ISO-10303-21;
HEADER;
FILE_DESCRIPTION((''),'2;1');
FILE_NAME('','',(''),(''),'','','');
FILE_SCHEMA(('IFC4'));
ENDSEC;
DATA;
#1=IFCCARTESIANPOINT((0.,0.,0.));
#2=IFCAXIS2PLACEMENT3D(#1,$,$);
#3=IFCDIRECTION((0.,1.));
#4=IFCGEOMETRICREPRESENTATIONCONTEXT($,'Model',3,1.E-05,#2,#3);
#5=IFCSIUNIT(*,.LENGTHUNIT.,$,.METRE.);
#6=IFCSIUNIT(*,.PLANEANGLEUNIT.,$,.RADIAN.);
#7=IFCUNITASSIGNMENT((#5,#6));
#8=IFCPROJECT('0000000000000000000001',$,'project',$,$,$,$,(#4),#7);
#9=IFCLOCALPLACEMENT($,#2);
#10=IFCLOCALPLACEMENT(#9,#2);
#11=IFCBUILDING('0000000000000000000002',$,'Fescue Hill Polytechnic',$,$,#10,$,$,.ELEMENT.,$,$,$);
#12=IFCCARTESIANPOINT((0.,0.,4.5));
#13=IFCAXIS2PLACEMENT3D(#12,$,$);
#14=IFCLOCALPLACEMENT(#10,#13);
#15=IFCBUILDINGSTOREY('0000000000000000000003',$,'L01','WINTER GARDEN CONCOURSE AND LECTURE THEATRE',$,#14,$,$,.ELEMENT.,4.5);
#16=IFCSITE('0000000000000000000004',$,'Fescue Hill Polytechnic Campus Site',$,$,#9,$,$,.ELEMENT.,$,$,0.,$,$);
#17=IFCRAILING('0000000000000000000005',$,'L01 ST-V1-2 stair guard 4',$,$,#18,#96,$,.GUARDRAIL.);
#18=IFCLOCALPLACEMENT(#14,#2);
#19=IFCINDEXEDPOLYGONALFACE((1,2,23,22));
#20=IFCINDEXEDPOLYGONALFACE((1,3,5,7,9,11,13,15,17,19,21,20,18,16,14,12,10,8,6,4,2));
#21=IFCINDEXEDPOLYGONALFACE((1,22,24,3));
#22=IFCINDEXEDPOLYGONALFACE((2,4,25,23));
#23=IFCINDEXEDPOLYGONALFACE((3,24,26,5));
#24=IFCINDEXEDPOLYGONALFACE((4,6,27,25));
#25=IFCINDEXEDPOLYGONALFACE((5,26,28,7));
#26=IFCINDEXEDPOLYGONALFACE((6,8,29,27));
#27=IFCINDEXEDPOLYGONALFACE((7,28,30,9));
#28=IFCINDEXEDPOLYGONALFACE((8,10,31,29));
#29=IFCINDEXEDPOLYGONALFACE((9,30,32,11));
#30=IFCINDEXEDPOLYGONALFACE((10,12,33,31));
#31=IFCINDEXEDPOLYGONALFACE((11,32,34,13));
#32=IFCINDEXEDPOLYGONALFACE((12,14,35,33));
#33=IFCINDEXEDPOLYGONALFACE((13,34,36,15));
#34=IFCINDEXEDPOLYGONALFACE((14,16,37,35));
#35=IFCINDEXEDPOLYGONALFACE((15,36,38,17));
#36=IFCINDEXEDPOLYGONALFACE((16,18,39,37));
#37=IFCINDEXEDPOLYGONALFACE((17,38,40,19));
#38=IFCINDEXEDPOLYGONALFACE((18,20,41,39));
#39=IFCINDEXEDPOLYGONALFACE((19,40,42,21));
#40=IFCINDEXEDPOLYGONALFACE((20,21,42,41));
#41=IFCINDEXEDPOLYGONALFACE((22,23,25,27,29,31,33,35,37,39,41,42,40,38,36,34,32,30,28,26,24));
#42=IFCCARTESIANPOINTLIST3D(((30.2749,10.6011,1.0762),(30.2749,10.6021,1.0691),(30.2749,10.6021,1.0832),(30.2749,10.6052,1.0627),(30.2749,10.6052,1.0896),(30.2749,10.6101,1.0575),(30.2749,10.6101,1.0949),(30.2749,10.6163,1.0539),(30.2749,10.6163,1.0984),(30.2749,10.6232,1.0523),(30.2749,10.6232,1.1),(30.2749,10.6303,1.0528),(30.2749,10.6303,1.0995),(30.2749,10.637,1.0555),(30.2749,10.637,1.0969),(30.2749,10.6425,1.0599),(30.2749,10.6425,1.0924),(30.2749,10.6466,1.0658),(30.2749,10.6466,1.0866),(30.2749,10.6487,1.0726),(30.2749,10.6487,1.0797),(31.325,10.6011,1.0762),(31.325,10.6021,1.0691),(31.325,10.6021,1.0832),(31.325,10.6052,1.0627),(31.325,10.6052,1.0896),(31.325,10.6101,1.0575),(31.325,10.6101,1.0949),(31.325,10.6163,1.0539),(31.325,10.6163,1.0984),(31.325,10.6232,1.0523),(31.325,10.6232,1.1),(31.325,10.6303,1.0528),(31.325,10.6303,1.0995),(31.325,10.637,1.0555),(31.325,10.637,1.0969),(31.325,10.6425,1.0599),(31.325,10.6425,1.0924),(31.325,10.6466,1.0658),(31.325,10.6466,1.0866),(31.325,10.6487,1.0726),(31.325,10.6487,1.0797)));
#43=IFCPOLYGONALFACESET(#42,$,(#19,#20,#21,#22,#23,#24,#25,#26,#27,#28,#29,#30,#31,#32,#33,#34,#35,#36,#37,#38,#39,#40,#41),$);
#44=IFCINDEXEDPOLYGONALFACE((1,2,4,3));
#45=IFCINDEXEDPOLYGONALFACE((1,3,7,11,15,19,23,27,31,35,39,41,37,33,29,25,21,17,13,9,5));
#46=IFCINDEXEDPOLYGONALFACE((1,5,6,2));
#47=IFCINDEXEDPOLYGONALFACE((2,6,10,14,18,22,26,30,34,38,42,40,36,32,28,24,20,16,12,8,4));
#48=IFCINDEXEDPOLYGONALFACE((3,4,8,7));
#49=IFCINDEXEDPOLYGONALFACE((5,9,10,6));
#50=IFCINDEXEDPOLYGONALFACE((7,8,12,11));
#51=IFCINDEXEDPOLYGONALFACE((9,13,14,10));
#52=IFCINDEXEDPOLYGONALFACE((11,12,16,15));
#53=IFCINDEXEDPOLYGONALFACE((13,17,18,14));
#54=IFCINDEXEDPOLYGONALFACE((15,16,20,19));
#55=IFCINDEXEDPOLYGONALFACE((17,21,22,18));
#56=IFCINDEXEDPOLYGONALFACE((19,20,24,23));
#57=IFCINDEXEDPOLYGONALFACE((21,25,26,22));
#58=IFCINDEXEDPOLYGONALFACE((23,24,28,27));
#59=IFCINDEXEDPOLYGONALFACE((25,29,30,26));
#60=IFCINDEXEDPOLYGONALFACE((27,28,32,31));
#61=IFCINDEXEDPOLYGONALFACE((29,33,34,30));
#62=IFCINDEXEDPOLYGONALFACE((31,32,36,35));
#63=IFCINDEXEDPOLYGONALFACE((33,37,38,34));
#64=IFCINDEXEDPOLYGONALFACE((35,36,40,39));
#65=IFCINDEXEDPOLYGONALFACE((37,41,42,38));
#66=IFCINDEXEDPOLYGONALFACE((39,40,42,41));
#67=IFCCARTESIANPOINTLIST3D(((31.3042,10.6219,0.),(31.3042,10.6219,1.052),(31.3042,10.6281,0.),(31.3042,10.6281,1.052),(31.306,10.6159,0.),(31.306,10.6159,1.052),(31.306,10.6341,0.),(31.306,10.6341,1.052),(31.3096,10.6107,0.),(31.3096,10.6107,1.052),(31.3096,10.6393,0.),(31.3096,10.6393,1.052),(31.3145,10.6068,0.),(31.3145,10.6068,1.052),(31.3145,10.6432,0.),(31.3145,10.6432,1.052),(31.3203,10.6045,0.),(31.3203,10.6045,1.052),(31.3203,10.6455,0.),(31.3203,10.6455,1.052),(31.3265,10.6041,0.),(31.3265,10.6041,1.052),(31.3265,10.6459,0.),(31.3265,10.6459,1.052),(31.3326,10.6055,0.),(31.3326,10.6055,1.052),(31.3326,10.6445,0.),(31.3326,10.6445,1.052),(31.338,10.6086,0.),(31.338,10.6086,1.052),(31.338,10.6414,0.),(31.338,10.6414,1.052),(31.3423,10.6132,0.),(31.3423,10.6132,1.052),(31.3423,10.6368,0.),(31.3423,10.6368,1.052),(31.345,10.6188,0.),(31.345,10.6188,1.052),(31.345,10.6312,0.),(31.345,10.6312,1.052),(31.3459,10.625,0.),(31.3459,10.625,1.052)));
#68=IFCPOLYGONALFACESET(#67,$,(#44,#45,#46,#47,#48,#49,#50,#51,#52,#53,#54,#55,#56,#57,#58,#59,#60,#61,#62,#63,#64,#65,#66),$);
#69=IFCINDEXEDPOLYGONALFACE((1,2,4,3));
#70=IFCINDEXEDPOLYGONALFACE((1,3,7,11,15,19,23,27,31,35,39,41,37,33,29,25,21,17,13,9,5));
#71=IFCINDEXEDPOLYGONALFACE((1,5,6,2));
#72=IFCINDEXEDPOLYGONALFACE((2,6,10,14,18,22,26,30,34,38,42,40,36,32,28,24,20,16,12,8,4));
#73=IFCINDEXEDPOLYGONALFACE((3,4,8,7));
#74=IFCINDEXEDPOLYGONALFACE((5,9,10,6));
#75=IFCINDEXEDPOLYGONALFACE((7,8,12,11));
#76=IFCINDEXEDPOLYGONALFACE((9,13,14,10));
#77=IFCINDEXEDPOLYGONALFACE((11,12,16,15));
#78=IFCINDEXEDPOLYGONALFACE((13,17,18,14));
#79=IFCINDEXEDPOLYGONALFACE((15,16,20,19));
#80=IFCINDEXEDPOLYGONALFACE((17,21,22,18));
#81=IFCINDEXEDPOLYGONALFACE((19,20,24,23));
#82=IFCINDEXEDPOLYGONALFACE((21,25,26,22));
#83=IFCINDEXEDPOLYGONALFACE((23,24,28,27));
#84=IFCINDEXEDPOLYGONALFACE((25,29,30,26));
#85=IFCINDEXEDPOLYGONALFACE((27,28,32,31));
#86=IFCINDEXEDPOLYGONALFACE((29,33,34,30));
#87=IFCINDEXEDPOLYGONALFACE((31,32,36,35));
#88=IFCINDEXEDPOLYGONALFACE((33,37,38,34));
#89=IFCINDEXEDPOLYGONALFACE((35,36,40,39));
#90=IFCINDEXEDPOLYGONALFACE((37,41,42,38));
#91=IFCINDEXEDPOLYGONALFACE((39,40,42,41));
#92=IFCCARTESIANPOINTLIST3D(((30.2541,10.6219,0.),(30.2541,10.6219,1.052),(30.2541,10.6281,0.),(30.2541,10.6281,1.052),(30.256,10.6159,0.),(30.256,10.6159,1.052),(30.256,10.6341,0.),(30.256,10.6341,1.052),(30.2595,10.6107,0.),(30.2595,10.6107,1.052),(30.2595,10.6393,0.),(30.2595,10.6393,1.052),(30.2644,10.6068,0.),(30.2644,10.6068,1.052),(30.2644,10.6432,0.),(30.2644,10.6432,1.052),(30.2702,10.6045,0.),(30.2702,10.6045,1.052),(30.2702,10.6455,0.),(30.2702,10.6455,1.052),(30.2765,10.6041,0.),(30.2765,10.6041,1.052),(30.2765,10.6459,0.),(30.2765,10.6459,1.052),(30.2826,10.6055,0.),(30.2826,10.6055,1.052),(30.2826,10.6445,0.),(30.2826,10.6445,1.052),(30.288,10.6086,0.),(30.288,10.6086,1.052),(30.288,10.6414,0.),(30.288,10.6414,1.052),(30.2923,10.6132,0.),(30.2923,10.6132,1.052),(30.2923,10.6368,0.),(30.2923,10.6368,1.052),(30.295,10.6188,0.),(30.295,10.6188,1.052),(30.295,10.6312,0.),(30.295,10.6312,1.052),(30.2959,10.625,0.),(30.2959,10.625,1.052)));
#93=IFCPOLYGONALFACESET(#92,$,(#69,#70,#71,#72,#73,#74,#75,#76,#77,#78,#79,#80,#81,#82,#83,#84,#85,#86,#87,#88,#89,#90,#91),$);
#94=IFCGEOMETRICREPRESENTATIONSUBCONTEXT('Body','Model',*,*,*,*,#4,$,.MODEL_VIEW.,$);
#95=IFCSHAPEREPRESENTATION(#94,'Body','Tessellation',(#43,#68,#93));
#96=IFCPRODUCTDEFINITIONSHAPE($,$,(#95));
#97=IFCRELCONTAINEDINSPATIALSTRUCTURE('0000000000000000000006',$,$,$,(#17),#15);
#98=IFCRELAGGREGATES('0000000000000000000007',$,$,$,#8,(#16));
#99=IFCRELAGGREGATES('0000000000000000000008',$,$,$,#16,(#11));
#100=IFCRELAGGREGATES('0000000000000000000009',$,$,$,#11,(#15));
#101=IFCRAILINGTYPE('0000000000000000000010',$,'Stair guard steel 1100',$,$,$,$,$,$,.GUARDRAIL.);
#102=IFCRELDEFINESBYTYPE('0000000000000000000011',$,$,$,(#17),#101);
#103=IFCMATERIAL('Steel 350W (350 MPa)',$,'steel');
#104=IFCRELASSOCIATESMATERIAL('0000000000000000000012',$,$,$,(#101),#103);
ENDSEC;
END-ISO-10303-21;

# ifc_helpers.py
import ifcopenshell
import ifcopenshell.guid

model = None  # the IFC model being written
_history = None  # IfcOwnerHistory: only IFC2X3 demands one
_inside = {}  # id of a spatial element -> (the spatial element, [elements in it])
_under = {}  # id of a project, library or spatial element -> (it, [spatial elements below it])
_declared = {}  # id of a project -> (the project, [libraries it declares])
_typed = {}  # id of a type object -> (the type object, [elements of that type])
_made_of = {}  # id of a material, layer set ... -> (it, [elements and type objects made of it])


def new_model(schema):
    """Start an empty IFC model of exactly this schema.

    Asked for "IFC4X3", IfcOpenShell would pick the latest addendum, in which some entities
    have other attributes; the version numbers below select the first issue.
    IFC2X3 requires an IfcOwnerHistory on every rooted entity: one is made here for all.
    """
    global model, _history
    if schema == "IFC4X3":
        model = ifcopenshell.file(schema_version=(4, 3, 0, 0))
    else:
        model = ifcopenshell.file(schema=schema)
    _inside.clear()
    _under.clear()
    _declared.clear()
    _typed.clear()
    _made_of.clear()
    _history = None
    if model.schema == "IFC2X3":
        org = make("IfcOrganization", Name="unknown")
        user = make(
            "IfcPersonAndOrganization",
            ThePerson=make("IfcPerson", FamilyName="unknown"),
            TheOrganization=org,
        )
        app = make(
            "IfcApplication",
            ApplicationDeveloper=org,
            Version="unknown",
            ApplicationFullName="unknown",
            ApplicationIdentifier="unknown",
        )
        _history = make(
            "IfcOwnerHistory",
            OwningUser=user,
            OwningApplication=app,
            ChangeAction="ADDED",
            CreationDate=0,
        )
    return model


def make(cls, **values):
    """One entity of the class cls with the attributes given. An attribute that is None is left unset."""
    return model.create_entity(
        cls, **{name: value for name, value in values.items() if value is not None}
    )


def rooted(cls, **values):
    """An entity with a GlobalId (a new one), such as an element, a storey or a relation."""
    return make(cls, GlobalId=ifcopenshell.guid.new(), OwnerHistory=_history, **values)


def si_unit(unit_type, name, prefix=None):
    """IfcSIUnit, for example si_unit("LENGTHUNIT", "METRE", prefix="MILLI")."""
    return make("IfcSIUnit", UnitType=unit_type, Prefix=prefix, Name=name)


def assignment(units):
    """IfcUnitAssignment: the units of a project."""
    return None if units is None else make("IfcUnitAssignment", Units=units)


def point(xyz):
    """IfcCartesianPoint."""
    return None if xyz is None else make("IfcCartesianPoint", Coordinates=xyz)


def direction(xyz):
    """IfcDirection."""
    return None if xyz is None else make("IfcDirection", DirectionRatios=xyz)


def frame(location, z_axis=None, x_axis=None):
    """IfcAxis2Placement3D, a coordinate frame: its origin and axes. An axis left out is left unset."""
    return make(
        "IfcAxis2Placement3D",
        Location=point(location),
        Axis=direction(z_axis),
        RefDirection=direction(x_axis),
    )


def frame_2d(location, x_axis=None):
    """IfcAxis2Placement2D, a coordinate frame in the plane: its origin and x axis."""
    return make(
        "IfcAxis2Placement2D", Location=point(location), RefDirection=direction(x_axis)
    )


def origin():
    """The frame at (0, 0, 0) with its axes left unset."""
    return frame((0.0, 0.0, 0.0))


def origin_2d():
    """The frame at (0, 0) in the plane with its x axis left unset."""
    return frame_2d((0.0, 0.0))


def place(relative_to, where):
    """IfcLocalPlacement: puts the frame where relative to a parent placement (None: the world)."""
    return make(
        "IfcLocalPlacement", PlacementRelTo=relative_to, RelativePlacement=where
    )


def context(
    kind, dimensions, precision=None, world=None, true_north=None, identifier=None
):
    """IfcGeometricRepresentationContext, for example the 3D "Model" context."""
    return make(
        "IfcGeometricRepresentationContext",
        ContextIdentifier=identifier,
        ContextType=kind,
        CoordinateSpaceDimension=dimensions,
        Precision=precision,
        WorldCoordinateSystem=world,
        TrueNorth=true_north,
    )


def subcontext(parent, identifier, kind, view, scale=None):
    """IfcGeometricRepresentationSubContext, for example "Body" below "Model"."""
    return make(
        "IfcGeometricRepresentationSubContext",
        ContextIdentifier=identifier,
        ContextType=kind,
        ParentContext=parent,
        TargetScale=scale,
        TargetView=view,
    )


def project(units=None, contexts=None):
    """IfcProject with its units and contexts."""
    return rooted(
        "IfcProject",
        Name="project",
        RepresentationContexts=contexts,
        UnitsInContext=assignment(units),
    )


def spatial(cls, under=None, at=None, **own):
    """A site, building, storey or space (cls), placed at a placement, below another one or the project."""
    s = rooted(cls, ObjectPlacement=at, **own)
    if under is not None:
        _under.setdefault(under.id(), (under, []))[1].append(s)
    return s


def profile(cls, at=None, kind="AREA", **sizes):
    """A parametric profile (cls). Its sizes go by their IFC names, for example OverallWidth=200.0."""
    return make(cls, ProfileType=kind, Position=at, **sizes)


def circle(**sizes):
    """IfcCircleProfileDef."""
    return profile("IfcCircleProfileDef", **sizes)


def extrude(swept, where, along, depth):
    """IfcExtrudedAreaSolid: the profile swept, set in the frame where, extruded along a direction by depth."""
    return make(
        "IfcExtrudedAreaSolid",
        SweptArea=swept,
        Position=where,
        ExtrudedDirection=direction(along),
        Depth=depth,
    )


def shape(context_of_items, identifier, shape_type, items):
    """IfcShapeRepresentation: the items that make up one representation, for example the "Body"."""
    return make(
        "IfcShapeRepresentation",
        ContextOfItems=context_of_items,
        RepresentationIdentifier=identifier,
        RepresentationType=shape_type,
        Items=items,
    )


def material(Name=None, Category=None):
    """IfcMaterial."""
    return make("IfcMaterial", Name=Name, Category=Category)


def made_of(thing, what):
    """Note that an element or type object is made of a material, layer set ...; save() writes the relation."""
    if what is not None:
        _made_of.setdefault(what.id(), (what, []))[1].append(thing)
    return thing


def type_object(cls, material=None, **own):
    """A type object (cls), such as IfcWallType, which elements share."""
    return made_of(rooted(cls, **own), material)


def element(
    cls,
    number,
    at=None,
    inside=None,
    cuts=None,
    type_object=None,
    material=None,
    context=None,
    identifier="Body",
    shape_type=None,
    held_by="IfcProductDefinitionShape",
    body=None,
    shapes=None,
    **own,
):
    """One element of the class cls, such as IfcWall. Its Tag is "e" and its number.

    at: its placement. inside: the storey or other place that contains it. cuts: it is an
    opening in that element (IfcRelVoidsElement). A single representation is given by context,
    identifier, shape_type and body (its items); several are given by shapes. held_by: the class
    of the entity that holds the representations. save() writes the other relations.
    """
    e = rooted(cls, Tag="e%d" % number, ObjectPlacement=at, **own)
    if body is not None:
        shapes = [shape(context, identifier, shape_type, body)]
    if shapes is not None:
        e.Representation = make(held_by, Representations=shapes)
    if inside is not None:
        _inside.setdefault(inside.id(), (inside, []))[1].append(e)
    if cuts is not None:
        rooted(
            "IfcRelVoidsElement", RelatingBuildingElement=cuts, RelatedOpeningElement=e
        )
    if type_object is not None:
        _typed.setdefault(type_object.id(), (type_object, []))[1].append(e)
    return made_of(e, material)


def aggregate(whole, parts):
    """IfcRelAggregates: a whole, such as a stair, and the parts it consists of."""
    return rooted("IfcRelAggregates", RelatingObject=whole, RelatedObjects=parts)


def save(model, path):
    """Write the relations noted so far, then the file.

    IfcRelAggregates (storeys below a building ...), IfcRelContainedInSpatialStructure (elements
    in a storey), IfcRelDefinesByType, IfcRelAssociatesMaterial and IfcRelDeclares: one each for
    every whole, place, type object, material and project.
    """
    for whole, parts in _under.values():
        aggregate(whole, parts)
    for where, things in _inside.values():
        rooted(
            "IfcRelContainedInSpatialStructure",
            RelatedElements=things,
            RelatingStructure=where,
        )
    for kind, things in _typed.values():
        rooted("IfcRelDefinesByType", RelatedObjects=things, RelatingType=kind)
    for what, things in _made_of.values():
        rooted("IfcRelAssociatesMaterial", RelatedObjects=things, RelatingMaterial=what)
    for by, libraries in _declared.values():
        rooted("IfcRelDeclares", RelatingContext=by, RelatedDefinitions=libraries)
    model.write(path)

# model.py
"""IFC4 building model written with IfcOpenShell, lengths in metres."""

from ifc_helpers import new_model, si_unit, direction, frame, origin, origin_2d, place, context, subcontext, project, spatial, circle, extrude, material, type_object, element, save


model = new_model("IFC4")

# Units and contexts
model_context = context("Model", 3, precision=1e-05, world=origin(), true_north=direction((0.0, 1.0)))
body_context = subcontext(model_context, "Body", "Model", "MODEL_VIEW")
ifc_project = project(units=[si_unit("LENGTHUNIT", "METRE"), si_unit("PLANEANGLEUNIT", "RADIAN")], contexts=[model_context])

# Site, building, storey
site_placement = place(None, origin())
site = spatial("IfcSite", under=ifc_project, at=site_placement, Name="Fescue Hill Polytechnic Campus Site", CompositionType="ELEMENT", RefElevation=0.0)
building_placement = place(site_placement, origin())
building = spatial("IfcBuilding", under=site, at=building_placement, Name="Fescue Hill Polytechnic", CompositionType="ELEMENT")
storey_placement = place(building_placement, frame((0.0, 0.0, 4.5)))
storey = spatial("IfcBuildingStorey", under=building, at=storey_placement, Name="L01", Description="WINTER GARDEN CONCOURSE AND LECTURE THEATRE", CompositionType="ELEMENT", Elevation=4.5)

# Shared definitions
ifc_material_1 = material(Name="Steel 350W (350 MPa)", Category="steel")

# Railing
railing_type_1 = type_object("IfcRailingType", Name="Stair guard steel 1100", PredefinedType="GUARDRAIL", material=ifc_material_1)
railing_1_placement = place(storey_placement, frame((31.325, 10.625, 0.0)))
element("IfcRailing", 1, at=railing_1_placement, inside=storey, type_object=railing_type_1, Name="L01 ST-V1-2 stair guard 4", PredefinedType="GUARDRAIL", context=body_context, shape_type="SweptSolid", body=[
    extrude(circle(Radius=0.0239, at=origin_2d()), frame((0.0, 0.0, 1.0762), z_axis=(-1.0, 0.0, 0.0), x_axis=(0.0, -1.0, 0.0)), (0.0, 0.0, 1.0), 1.05),
    extrude(circle(Radius=0.021, at=origin_2d()), origin(), (0.0, 0.0, 1.0), 1.052),
    extrude(circle(Radius=0.021, at=origin_2d()), frame((-1.05, 0.0, 0.0)), (0.0, 0.0, 1.0), 1.052),
])

save(model, "model.ifc")
